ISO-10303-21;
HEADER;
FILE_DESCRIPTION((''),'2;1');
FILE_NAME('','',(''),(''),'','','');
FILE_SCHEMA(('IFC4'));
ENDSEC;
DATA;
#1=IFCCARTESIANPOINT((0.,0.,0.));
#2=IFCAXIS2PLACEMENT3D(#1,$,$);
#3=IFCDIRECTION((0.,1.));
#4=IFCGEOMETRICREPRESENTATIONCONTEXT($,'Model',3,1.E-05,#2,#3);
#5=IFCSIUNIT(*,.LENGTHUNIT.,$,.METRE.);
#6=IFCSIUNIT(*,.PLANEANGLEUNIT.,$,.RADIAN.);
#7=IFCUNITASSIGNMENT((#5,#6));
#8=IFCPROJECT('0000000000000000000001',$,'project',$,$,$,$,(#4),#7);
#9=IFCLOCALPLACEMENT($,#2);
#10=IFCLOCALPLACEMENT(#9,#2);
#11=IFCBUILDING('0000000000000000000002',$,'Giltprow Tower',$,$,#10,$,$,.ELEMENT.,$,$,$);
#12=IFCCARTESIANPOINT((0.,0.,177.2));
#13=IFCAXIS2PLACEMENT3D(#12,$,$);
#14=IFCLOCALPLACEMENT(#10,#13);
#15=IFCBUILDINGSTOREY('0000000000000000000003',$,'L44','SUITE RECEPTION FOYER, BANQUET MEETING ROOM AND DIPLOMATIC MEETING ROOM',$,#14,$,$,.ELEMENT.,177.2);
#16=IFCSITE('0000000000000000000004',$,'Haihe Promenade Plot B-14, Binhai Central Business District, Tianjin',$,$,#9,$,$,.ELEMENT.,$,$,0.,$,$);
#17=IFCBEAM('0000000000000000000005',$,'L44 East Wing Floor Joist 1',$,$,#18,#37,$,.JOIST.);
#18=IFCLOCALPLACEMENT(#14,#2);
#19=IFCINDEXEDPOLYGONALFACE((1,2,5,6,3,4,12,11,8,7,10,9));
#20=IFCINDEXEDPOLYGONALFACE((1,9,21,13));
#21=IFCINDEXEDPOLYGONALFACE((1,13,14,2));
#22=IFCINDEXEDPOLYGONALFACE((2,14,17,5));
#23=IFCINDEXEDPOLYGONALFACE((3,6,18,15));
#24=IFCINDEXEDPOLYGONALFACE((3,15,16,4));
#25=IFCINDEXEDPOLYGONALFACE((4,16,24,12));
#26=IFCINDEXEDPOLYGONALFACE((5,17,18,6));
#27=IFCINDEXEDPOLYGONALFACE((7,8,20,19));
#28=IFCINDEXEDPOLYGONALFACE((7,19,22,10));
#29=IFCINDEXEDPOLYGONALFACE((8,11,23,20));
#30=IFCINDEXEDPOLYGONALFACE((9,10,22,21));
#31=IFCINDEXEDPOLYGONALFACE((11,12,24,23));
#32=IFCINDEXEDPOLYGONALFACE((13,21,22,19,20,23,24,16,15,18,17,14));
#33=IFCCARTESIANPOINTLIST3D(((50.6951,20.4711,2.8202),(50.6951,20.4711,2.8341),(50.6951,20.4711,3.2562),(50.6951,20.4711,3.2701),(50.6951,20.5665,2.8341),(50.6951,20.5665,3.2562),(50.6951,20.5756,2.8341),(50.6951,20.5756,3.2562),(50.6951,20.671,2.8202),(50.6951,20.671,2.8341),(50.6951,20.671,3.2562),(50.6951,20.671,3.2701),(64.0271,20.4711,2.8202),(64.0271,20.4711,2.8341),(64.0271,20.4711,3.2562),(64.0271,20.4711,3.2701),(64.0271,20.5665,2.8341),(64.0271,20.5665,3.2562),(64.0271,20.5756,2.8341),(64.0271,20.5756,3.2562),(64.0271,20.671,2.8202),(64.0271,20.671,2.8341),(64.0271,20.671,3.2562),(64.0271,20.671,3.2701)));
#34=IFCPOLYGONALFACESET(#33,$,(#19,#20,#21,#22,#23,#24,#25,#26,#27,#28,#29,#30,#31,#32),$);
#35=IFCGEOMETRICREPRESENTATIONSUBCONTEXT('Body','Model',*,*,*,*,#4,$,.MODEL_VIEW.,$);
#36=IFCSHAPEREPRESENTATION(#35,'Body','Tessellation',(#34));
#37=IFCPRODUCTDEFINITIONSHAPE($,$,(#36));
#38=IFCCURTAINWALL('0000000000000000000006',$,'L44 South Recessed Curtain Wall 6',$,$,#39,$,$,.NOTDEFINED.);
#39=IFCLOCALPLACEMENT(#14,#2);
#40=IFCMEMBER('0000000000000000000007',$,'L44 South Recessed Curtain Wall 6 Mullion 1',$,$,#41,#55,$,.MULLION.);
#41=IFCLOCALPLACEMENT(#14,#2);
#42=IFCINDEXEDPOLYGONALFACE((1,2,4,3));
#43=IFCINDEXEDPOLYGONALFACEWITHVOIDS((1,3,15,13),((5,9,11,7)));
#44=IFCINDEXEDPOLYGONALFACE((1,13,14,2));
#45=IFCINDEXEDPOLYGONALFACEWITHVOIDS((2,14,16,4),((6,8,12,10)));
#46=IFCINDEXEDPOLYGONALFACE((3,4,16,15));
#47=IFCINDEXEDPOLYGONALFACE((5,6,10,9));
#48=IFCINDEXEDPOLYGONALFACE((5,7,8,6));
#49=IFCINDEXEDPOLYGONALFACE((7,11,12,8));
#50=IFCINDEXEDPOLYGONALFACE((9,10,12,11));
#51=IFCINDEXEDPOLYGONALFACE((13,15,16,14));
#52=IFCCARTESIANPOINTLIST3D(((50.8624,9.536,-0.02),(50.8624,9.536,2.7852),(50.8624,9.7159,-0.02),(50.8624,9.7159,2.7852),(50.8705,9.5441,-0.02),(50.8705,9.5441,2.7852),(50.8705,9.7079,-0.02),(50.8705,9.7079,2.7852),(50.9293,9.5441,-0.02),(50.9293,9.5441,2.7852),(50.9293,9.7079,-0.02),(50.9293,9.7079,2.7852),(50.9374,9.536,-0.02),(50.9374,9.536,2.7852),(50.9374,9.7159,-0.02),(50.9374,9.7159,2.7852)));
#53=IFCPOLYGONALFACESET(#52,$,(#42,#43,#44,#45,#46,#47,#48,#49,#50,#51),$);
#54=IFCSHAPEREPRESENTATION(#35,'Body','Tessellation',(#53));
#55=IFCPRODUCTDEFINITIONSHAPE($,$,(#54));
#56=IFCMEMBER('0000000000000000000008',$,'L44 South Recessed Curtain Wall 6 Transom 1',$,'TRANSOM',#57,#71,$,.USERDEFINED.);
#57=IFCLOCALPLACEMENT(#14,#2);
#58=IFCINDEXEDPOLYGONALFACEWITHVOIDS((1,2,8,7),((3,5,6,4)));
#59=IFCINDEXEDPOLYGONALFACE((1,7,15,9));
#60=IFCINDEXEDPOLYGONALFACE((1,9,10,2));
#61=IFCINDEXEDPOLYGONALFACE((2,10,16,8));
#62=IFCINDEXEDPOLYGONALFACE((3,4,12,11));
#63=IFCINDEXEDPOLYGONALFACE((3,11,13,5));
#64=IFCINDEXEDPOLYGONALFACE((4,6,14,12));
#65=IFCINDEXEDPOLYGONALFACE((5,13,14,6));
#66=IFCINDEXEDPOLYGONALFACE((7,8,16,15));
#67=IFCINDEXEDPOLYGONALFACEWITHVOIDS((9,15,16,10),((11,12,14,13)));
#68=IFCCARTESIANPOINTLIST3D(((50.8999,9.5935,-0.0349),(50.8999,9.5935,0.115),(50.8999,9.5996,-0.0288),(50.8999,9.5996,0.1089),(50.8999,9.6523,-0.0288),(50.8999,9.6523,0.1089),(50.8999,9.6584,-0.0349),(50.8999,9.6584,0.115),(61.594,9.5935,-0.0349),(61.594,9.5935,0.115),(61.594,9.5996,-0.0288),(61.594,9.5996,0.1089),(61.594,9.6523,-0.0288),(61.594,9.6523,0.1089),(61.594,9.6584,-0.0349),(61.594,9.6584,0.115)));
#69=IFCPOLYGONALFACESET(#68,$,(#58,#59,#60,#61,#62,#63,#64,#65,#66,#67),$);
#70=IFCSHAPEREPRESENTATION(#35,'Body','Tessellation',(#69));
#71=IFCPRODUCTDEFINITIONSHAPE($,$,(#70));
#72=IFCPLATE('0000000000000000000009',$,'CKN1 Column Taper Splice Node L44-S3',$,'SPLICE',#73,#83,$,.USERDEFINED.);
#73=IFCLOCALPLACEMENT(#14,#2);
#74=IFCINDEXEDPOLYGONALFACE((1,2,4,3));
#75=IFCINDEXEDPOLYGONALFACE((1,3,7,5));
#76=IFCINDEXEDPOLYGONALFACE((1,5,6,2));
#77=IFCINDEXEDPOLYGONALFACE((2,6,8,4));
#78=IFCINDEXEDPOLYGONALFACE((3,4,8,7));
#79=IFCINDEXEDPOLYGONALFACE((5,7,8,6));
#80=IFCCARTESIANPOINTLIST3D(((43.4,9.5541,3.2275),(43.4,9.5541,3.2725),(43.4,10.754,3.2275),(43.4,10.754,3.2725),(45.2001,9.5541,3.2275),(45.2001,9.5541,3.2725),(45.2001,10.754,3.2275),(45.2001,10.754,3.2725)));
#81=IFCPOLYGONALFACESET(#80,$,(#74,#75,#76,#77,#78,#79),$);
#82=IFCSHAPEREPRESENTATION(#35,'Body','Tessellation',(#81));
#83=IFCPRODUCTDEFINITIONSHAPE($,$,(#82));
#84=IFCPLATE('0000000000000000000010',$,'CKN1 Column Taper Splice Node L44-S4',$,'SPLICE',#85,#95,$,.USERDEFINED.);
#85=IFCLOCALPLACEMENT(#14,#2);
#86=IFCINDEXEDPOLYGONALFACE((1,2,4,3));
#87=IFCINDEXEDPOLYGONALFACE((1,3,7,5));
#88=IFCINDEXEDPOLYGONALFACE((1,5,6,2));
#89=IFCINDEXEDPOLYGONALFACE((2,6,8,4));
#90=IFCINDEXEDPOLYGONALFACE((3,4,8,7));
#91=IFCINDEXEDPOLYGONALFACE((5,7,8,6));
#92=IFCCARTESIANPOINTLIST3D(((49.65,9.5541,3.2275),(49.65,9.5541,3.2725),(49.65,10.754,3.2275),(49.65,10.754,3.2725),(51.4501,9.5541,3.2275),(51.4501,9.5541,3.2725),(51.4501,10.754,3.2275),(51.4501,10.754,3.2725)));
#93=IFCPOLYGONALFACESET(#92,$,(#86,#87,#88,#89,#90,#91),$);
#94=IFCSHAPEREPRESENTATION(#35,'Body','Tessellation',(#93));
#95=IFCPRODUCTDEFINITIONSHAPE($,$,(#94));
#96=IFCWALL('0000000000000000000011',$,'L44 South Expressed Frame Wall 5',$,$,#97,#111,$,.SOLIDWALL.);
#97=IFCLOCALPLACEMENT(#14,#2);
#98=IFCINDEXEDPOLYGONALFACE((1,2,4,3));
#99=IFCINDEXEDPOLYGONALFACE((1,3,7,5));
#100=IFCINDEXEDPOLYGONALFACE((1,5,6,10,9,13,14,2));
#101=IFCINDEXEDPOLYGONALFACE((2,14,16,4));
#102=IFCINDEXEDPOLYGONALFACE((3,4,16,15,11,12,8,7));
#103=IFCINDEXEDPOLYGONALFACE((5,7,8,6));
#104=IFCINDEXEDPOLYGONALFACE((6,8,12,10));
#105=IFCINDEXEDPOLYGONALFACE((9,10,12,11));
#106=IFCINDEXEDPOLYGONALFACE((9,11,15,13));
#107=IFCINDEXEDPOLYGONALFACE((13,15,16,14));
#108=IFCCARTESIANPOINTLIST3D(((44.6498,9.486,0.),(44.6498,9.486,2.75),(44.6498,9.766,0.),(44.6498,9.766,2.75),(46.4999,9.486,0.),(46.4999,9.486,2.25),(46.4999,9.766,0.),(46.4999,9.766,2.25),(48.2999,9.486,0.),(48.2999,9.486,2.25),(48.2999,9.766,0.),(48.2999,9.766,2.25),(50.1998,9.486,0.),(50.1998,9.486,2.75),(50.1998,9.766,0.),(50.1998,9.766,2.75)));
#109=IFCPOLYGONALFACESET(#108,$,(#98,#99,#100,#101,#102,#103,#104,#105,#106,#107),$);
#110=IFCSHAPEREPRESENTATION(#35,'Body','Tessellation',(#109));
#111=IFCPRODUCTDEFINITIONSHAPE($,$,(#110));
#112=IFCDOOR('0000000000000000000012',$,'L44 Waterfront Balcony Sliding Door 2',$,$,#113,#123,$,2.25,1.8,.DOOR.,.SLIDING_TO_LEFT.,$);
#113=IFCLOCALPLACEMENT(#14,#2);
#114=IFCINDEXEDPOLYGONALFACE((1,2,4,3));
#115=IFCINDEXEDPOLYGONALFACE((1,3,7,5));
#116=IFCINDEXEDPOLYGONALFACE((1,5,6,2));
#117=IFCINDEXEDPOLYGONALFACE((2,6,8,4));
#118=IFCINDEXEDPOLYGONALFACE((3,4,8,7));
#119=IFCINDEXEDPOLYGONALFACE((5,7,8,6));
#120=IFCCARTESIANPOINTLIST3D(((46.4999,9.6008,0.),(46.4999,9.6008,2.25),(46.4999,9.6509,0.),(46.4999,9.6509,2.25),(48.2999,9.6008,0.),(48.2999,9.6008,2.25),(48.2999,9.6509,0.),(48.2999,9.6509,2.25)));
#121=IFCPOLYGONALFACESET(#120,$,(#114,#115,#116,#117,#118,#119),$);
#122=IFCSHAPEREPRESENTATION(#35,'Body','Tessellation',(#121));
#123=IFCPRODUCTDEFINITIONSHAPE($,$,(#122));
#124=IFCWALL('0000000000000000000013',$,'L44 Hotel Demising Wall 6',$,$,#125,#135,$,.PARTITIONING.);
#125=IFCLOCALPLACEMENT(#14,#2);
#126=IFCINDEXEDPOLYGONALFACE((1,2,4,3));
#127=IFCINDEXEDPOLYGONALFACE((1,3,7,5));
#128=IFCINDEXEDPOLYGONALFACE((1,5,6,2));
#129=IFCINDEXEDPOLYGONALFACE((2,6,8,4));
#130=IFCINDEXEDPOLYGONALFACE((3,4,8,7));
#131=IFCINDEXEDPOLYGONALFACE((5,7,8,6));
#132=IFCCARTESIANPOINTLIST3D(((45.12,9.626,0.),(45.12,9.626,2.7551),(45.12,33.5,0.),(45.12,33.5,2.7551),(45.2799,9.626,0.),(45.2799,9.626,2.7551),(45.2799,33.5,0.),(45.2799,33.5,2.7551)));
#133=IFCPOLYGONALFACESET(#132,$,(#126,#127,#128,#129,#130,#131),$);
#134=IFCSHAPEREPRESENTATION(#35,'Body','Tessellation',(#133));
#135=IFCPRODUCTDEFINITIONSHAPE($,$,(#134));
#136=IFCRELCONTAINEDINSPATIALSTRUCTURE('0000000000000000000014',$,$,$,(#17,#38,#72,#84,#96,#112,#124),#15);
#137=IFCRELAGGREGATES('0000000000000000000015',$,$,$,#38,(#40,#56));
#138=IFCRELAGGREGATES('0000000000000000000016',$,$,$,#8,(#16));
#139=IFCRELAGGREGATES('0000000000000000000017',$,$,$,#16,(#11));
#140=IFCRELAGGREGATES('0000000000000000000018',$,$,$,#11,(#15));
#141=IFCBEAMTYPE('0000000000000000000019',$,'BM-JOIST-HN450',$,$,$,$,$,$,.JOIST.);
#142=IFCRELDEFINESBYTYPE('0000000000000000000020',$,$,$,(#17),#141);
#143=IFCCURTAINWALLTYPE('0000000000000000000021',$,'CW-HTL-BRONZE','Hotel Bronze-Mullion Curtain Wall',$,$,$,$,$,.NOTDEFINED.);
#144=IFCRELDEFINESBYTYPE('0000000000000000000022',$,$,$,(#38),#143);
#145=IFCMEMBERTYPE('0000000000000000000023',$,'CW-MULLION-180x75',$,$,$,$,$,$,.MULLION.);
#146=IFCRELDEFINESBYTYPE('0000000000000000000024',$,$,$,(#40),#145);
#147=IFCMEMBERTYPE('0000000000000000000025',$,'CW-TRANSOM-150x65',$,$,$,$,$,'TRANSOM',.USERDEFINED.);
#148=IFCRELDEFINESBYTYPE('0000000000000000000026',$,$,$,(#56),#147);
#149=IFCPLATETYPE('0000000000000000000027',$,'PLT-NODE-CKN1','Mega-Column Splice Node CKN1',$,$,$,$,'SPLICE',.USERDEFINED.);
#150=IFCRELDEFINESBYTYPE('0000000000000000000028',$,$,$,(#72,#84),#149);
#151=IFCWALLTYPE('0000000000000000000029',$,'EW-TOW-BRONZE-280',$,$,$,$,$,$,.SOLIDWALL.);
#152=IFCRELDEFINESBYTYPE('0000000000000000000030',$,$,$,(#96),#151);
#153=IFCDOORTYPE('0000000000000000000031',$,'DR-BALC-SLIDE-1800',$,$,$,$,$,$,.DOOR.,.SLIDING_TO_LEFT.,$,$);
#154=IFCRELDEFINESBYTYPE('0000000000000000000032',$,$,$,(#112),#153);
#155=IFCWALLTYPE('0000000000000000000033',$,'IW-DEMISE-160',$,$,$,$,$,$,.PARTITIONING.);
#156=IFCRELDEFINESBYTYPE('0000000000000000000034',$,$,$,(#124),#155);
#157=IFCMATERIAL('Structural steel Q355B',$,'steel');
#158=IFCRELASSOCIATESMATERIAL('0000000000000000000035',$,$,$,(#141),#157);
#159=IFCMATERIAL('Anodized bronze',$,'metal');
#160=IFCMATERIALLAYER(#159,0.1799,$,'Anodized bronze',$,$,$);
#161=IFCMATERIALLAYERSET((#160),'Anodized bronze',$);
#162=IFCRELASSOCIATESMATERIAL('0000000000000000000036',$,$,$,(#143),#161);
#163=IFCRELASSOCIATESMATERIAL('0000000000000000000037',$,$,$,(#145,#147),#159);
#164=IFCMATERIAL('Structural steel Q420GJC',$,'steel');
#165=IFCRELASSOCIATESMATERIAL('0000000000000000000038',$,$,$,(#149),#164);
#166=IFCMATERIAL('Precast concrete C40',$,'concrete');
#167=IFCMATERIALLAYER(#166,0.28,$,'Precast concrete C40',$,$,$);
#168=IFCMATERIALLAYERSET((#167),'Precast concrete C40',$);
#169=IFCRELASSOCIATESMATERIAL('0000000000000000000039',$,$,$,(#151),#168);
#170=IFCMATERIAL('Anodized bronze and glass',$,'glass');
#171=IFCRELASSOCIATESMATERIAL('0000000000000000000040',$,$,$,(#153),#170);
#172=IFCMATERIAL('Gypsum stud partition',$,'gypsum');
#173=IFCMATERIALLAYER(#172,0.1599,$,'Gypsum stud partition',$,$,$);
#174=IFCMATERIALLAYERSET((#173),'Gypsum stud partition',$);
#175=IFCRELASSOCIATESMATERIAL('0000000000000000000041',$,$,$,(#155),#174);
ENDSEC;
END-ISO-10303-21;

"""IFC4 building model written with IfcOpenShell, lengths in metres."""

from ifc_helpers import new_model, si_unit, direction, frame, frame_2d, origin, origin_2d, place, context, subcontext, project, spatial, rectangle, hollow_rectangle, i_section, extrude, source, transform, mapped, material, layer, layer_set, material_profile, profile_set, type_object, element, fill, aggregate, save


model = new_model("IFC4")

# Units and contexts
model_context = context("Model", 3, precision=1e-05, world=origin(), true_north=direction((0.0, 1.0)))
body_context = subcontext(model_context, "Body", "Model", "MODEL_VIEW")
ifc_project = project(units=[si_unit("LENGTHUNIT", "METRE"), si_unit("PLANEANGLEUNIT", "RADIAN")], contexts=[model_context])

# Site, building, storey
site_placement = place(None, origin())
site = spatial("IfcSite", under=ifc_project, at=site_placement, Name="Haihe Promenade Plot B-14, Binhai Central Business District, Tianjin", CompositionType="ELEMENT", RefElevation=0.0)
building_placement = place(site_placement, origin())
building = spatial("IfcBuilding", under=site, at=building_placement, Name="Giltprow Tower", CompositionType="ELEMENT")
storey_placement = place(building_placement, frame((0.0, 0.0, 177.2)))
storey = spatial("IfcBuildingStorey", under=building, at=storey_placement, Name="L44", Description="SUITE RECEPTION FOYER, BANQUET MEETING ROOM AND DIPLOMATIC MEETING ROOM", CompositionType="ELEMENT", Elevation=177.2)

# Shared definitions
ifc_material_1 = material(Name="Structural steel Q420GJC", Category="steel")

# Beam
ifc_material_2 = material(Name="Structural steel Q355B", Category="steel")
ifc_material_profile_1 = material_profile(ifc_material_2, i_section(OverallWidth=0.2, OverallDepth=0.45, WebThickness=0.009, FlangeThickness=0.0139, at=origin_2d()), Name="HN 450x200x9x14")
ifc_profile_set_1 = profile_set([ifc_material_profile_1], Name="Structural steel Q355B")
beam_type_1 = type_object("IfcBeamType", Name="BM-JOIST-HN450", PredefinedType="JOIST", material=ifc_profile_set_1)
shared_shape_1 = source(origin(), body_context, "Body", "SweptSolid", [
    extrude(i_section(OverallWidth=0.2, OverallDepth=0.45, WebThickness=0.009, FlangeThickness=0.0139, at=origin_2d()), origin(), (0.0, 0.0, 1.0), 13.332),
])
beam_1_placement = place(storey_placement, frame((50.6951, 20.571, 3.0452), z_axis=(1.0, 0.0, 0.0), x_axis=(0.0, 1.0, 0.0)))
element("IfcBeam", 1, at=beam_1_placement, inside=storey, type_object=beam_type_1, Name="L44 East Wing Floor Joist 1", PredefinedType="JOIST", context=body_context, shape_type="MappedRepresentation", body=[
    mapped(shared_shape_1, transform((0.0, 0.0, 0.0), x_axis=(1.0, 0.0, 0.0), y_axis=(0.0, 1.0, 0.0), z_axis=(0.0, 0.0, 1.0), scale=1.0)),
])

# Curtain wall, members
ifc_material_3 = material(Name="Anodized bronze", Category="metal")
ifc_layer_1 = layer(ifc_material_3, 0.1799, Name="Anodized bronze")
ifc_layer_set_1 = layer_set([ifc_layer_1], Name="Anodized bronze")
curtain_wall_type = type_object("IfcCurtainWallType", Name="CW-HTL-BRONZE", Description="Hotel Bronze-Mullion Curtain Wall", PredefinedType="NOTDEFINED", material=ifc_layer_set_1)
curtain_wall_placement = place(storey_placement, origin())
curtain_wall = element("IfcCurtainWall", 2, at=curtain_wall_placement, inside=storey, type_object=curtain_wall_type, Name="L44 South Recessed Curtain Wall 6", PredefinedType="NOTDEFINED")
ifc_material_profile_2 = material_profile(ifc_material_3, hollow_rectangle(XDim=0.075, YDim=0.1799, WallThickness=0.0081, at=origin_2d()), Name="RHS 180x75x8")
ifc_profile_set_2 = profile_set([ifc_material_profile_2], Name="Anodized bronze")
member_type_1 = type_object("IfcMemberType", Name="CW-MULLION-180x75", PredefinedType="MULLION", material=ifc_profile_set_2)
shared_shape_2 = source(origin(), body_context, "Body", "SweptSolid", [
    extrude(hollow_rectangle(XDim=0.075, YDim=0.1799, WallThickness=0.0081, at=origin_2d()), origin(), (0.0, 0.0, 1.0), 2.8052),
])
member_1_placement = place(storey_placement, frame((50.8999, 9.626, -0.02), z_axis=(0.0, 0.0, 1.0), x_axis=(1.0, 0.0, 0.0)))
member_1 = element("IfcMember", 3, at=member_1_placement, type_object=member_type_1, Name="L44 South Recessed Curtain Wall 6 Mullion 1", PredefinedType="MULLION", context=body_context, shape_type="MappedRepresentation", body=[
    mapped(shared_shape_2, transform((0.0, 0.0, 0.0), x_axis=(1.0, 0.0, 0.0), y_axis=(0.0, 1.0, 0.0), z_axis=(0.0, 0.0, 1.0), scale=1.0)),
])
ifc_material_profile_3 = material_profile(ifc_material_3, hollow_rectangle(XDim=0.0649, YDim=0.1499, WallThickness=0.0061, at=origin_2d()), Name="RHS 150x65x6")
ifc_profile_set_3 = profile_set([ifc_material_profile_3], Name="Anodized bronze")
member_type_2 = type_object("IfcMemberType", Name="CW-TRANSOM-150x65", ElementType="TRANSOM", PredefinedType="USERDEFINED", material=ifc_profile_set_3)
shared_shape_3 = source(origin(), body_context, "Body", "SweptSolid", [
    extrude(hollow_rectangle(XDim=0.0649, YDim=0.1499, WallThickness=0.0061, at=origin_2d()), origin(), (0.0, 0.0, 1.0), 10.6941),
])
member_2_placement = place(storey_placement, frame((50.8999, 9.626, 0.04), z_axis=(1.0, 0.0, 0.0), x_axis=(0.0, 1.0, 0.0)))
member_2 = element("IfcMember", 4, at=member_2_placement, type_object=member_type_2, Name="L44 South Recessed Curtain Wall 6 Transom 1", ObjectType="TRANSOM", PredefinedType="USERDEFINED", context=body_context, shape_type="MappedRepresentation", body=[
    mapped(shared_shape_3, transform((0.0, 0.0, 0.0), x_axis=(1.0, 0.0, 0.0), y_axis=(0.0, 1.0, 0.0), z_axis=(0.0, 0.0, 1.0), scale=1.0)),
])
aggregate(curtain_wall, [member_1, member_2])

# Plates
plate_type = type_object("IfcPlateType", Name="PLT-NODE-CKN1", Description="Mega-Column Splice Node CKN1", ElementType="SPLICE", PredefinedType="USERDEFINED", material=ifc_material_1)
shared_shape_4 = source(origin(), body_context, "Body", "SweptSolid", [
    extrude(rectangle(XDim=1.8, YDim=1.2, at=origin_2d()), origin(), (0.0, 0.0, 1.0), 0.0449),
])
for number, where, z_axis, x_axis, name in (
    (5, (44.3, 10.1541, 3.2275), (0.0, 0.0, 1.0), (1.0, 0.0, 0.0), "CKN1 Column Taper Splice Node L44-S3"),
    (6, (50.55, 10.1541, 3.2275), (0.0, 0.0, 1.0), (1.0, 0.0, 0.0), "CKN1 Column Taper Splice Node L44-S4"),
):
    element("IfcPlate", number, at=place(storey_placement, frame(where, z_axis=z_axis, x_axis=x_axis)), inside=storey, type_object=plate_type, Name=name, ObjectType="SPLICE", PredefinedType="USERDEFINED", context=body_context, shape_type="MappedRepresentation", body=[
        mapped(shared_shape_4, transform((0.0, 0.0, 0.0), x_axis=(1.0, 0.0, 0.0), y_axis=(0.0, 1.0, 0.0), z_axis=(0.0, 0.0, 1.0), scale=1.0)),
    ])

# Wall, opening, door
ifc_material_4 = material(Name="Precast concrete C40", Category="concrete")
ifc_layer_2 = layer(ifc_material_4, 0.28, Name="Precast concrete C40")
ifc_layer_set_2 = layer_set([ifc_layer_2], Name="Precast concrete C40")
wall_type_1 = type_object("IfcWallType", Name="EW-TOW-BRONZE-280", PredefinedType="SOLIDWALL", material=ifc_layer_set_2)
wall_1_placement = place(storey_placement, frame((44.6499, 9.626, 0.0), z_axis=(0.0, 0.0, 1.0), x_axis=(1.0, 0.0, 0.0)))
wall_1 = element("IfcWall", 7, at=wall_1_placement, inside=storey, type_object=wall_type_1, Name="L44 South Expressed Frame Wall 5", PredefinedType="SOLIDWALL", context=body_context, shape_type="SweptSolid", body=[
    extrude(rectangle(XDim=5.55, YDim=0.28, at=frame_2d((2.7749, 0.0))), origin(), (0.0, 0.0, 1.0), 2.75),
])
opening_1_placement = place(wall_1_placement, frame((1.8501, 0.0, 0.0)))
opening_1 = element("IfcOpeningElement", 8, at=opening_1_placement, cuts=wall_1, PredefinedType="OPENING", context=body_context, shape_type="SweptSolid", body=[
    extrude(rectangle(XDim=1.8, YDim=2.25, at=frame_2d((0.8999, 1.125))), frame((0.0, 0.1499, 0.0), z_axis=(0.0, -1.0, 0.0), x_axis=(1.0, 0.0, 0.0)), (0.0, 0.0, 1.0), 0.3),
])
ifc_material_5 = material(Name="Anodized bronze and glass", Category="glass")
door_type_1 = type_object("IfcDoorType", Name="DR-BALC-SLIDE-1800", OperationType="SLIDING_TO_LEFT", PredefinedType="DOOR", material=ifc_material_5)
shared_shape_5 = source(origin(), body_context, "Body", "SweptSolid", [
    extrude(rectangle(XDim=1.8, YDim=2.25, at=frame_2d((0.8999, 1.125))), frame((0.0, 0.0249, 0.0), z_axis=(0.0, -1.0, 0.0), x_axis=(1.0, 0.0, 0.0)), (0.0, 0.0, 1.0), 0.05),
])
door_1_placement = place(opening_1_placement, origin())
door_1 = element("IfcDoor", 9, at=door_1_placement, inside=storey, type_object=door_type_1, Name="L44 Waterfront Balcony Sliding Door 2", OperationType="SLIDING_TO_LEFT", OverallHeight=2.25, OverallWidth=1.8, PredefinedType="DOOR", context=body_context, shape_type="MappedRepresentation", body=[
    mapped(shared_shape_5, transform((0.0, 0.0, 0.0), x_axis=(1.0, 0.0, 0.0), y_axis=(0.0, 1.0, 0.0), z_axis=(0.0, 0.0, 1.0), scale=1.0)),
])
fill(opening_1, door_1)

# Wall
ifc_material_6 = material(Name="Gypsum stud partition", Category="gypsum")
ifc_layer_3 = layer(ifc_material_6, 0.1599, Name="Gypsum stud partition")
ifc_layer_set_3 = layer_set([ifc_layer_3], Name="Gypsum stud partition")
wall_type_2 = type_object("IfcWallType", Name="IW-DEMISE-160", PredefinedType="PARTITIONING", material=ifc_layer_set_3)
wall_2_placement = place(storey_placement, frame((45.2, 9.626, 0.0), z_axis=(0.0, 0.0, 1.0), x_axis=(0.0, 1.0, 0.0)))
element("IfcWall", 10, at=wall_2_placement, inside=storey, type_object=wall_type_2, Name="L44 Hotel Demising Wall 6", PredefinedType="PARTITIONING", context=body_context, shape_type="SweptSolid", body=[
    extrude(rectangle(XDim=23.874, YDim=0.1599, at=frame_2d((11.937, 0.0))), origin(), (0.0, 0.0, 1.0), 2.7551),
])

save(model, "model.ifc")
